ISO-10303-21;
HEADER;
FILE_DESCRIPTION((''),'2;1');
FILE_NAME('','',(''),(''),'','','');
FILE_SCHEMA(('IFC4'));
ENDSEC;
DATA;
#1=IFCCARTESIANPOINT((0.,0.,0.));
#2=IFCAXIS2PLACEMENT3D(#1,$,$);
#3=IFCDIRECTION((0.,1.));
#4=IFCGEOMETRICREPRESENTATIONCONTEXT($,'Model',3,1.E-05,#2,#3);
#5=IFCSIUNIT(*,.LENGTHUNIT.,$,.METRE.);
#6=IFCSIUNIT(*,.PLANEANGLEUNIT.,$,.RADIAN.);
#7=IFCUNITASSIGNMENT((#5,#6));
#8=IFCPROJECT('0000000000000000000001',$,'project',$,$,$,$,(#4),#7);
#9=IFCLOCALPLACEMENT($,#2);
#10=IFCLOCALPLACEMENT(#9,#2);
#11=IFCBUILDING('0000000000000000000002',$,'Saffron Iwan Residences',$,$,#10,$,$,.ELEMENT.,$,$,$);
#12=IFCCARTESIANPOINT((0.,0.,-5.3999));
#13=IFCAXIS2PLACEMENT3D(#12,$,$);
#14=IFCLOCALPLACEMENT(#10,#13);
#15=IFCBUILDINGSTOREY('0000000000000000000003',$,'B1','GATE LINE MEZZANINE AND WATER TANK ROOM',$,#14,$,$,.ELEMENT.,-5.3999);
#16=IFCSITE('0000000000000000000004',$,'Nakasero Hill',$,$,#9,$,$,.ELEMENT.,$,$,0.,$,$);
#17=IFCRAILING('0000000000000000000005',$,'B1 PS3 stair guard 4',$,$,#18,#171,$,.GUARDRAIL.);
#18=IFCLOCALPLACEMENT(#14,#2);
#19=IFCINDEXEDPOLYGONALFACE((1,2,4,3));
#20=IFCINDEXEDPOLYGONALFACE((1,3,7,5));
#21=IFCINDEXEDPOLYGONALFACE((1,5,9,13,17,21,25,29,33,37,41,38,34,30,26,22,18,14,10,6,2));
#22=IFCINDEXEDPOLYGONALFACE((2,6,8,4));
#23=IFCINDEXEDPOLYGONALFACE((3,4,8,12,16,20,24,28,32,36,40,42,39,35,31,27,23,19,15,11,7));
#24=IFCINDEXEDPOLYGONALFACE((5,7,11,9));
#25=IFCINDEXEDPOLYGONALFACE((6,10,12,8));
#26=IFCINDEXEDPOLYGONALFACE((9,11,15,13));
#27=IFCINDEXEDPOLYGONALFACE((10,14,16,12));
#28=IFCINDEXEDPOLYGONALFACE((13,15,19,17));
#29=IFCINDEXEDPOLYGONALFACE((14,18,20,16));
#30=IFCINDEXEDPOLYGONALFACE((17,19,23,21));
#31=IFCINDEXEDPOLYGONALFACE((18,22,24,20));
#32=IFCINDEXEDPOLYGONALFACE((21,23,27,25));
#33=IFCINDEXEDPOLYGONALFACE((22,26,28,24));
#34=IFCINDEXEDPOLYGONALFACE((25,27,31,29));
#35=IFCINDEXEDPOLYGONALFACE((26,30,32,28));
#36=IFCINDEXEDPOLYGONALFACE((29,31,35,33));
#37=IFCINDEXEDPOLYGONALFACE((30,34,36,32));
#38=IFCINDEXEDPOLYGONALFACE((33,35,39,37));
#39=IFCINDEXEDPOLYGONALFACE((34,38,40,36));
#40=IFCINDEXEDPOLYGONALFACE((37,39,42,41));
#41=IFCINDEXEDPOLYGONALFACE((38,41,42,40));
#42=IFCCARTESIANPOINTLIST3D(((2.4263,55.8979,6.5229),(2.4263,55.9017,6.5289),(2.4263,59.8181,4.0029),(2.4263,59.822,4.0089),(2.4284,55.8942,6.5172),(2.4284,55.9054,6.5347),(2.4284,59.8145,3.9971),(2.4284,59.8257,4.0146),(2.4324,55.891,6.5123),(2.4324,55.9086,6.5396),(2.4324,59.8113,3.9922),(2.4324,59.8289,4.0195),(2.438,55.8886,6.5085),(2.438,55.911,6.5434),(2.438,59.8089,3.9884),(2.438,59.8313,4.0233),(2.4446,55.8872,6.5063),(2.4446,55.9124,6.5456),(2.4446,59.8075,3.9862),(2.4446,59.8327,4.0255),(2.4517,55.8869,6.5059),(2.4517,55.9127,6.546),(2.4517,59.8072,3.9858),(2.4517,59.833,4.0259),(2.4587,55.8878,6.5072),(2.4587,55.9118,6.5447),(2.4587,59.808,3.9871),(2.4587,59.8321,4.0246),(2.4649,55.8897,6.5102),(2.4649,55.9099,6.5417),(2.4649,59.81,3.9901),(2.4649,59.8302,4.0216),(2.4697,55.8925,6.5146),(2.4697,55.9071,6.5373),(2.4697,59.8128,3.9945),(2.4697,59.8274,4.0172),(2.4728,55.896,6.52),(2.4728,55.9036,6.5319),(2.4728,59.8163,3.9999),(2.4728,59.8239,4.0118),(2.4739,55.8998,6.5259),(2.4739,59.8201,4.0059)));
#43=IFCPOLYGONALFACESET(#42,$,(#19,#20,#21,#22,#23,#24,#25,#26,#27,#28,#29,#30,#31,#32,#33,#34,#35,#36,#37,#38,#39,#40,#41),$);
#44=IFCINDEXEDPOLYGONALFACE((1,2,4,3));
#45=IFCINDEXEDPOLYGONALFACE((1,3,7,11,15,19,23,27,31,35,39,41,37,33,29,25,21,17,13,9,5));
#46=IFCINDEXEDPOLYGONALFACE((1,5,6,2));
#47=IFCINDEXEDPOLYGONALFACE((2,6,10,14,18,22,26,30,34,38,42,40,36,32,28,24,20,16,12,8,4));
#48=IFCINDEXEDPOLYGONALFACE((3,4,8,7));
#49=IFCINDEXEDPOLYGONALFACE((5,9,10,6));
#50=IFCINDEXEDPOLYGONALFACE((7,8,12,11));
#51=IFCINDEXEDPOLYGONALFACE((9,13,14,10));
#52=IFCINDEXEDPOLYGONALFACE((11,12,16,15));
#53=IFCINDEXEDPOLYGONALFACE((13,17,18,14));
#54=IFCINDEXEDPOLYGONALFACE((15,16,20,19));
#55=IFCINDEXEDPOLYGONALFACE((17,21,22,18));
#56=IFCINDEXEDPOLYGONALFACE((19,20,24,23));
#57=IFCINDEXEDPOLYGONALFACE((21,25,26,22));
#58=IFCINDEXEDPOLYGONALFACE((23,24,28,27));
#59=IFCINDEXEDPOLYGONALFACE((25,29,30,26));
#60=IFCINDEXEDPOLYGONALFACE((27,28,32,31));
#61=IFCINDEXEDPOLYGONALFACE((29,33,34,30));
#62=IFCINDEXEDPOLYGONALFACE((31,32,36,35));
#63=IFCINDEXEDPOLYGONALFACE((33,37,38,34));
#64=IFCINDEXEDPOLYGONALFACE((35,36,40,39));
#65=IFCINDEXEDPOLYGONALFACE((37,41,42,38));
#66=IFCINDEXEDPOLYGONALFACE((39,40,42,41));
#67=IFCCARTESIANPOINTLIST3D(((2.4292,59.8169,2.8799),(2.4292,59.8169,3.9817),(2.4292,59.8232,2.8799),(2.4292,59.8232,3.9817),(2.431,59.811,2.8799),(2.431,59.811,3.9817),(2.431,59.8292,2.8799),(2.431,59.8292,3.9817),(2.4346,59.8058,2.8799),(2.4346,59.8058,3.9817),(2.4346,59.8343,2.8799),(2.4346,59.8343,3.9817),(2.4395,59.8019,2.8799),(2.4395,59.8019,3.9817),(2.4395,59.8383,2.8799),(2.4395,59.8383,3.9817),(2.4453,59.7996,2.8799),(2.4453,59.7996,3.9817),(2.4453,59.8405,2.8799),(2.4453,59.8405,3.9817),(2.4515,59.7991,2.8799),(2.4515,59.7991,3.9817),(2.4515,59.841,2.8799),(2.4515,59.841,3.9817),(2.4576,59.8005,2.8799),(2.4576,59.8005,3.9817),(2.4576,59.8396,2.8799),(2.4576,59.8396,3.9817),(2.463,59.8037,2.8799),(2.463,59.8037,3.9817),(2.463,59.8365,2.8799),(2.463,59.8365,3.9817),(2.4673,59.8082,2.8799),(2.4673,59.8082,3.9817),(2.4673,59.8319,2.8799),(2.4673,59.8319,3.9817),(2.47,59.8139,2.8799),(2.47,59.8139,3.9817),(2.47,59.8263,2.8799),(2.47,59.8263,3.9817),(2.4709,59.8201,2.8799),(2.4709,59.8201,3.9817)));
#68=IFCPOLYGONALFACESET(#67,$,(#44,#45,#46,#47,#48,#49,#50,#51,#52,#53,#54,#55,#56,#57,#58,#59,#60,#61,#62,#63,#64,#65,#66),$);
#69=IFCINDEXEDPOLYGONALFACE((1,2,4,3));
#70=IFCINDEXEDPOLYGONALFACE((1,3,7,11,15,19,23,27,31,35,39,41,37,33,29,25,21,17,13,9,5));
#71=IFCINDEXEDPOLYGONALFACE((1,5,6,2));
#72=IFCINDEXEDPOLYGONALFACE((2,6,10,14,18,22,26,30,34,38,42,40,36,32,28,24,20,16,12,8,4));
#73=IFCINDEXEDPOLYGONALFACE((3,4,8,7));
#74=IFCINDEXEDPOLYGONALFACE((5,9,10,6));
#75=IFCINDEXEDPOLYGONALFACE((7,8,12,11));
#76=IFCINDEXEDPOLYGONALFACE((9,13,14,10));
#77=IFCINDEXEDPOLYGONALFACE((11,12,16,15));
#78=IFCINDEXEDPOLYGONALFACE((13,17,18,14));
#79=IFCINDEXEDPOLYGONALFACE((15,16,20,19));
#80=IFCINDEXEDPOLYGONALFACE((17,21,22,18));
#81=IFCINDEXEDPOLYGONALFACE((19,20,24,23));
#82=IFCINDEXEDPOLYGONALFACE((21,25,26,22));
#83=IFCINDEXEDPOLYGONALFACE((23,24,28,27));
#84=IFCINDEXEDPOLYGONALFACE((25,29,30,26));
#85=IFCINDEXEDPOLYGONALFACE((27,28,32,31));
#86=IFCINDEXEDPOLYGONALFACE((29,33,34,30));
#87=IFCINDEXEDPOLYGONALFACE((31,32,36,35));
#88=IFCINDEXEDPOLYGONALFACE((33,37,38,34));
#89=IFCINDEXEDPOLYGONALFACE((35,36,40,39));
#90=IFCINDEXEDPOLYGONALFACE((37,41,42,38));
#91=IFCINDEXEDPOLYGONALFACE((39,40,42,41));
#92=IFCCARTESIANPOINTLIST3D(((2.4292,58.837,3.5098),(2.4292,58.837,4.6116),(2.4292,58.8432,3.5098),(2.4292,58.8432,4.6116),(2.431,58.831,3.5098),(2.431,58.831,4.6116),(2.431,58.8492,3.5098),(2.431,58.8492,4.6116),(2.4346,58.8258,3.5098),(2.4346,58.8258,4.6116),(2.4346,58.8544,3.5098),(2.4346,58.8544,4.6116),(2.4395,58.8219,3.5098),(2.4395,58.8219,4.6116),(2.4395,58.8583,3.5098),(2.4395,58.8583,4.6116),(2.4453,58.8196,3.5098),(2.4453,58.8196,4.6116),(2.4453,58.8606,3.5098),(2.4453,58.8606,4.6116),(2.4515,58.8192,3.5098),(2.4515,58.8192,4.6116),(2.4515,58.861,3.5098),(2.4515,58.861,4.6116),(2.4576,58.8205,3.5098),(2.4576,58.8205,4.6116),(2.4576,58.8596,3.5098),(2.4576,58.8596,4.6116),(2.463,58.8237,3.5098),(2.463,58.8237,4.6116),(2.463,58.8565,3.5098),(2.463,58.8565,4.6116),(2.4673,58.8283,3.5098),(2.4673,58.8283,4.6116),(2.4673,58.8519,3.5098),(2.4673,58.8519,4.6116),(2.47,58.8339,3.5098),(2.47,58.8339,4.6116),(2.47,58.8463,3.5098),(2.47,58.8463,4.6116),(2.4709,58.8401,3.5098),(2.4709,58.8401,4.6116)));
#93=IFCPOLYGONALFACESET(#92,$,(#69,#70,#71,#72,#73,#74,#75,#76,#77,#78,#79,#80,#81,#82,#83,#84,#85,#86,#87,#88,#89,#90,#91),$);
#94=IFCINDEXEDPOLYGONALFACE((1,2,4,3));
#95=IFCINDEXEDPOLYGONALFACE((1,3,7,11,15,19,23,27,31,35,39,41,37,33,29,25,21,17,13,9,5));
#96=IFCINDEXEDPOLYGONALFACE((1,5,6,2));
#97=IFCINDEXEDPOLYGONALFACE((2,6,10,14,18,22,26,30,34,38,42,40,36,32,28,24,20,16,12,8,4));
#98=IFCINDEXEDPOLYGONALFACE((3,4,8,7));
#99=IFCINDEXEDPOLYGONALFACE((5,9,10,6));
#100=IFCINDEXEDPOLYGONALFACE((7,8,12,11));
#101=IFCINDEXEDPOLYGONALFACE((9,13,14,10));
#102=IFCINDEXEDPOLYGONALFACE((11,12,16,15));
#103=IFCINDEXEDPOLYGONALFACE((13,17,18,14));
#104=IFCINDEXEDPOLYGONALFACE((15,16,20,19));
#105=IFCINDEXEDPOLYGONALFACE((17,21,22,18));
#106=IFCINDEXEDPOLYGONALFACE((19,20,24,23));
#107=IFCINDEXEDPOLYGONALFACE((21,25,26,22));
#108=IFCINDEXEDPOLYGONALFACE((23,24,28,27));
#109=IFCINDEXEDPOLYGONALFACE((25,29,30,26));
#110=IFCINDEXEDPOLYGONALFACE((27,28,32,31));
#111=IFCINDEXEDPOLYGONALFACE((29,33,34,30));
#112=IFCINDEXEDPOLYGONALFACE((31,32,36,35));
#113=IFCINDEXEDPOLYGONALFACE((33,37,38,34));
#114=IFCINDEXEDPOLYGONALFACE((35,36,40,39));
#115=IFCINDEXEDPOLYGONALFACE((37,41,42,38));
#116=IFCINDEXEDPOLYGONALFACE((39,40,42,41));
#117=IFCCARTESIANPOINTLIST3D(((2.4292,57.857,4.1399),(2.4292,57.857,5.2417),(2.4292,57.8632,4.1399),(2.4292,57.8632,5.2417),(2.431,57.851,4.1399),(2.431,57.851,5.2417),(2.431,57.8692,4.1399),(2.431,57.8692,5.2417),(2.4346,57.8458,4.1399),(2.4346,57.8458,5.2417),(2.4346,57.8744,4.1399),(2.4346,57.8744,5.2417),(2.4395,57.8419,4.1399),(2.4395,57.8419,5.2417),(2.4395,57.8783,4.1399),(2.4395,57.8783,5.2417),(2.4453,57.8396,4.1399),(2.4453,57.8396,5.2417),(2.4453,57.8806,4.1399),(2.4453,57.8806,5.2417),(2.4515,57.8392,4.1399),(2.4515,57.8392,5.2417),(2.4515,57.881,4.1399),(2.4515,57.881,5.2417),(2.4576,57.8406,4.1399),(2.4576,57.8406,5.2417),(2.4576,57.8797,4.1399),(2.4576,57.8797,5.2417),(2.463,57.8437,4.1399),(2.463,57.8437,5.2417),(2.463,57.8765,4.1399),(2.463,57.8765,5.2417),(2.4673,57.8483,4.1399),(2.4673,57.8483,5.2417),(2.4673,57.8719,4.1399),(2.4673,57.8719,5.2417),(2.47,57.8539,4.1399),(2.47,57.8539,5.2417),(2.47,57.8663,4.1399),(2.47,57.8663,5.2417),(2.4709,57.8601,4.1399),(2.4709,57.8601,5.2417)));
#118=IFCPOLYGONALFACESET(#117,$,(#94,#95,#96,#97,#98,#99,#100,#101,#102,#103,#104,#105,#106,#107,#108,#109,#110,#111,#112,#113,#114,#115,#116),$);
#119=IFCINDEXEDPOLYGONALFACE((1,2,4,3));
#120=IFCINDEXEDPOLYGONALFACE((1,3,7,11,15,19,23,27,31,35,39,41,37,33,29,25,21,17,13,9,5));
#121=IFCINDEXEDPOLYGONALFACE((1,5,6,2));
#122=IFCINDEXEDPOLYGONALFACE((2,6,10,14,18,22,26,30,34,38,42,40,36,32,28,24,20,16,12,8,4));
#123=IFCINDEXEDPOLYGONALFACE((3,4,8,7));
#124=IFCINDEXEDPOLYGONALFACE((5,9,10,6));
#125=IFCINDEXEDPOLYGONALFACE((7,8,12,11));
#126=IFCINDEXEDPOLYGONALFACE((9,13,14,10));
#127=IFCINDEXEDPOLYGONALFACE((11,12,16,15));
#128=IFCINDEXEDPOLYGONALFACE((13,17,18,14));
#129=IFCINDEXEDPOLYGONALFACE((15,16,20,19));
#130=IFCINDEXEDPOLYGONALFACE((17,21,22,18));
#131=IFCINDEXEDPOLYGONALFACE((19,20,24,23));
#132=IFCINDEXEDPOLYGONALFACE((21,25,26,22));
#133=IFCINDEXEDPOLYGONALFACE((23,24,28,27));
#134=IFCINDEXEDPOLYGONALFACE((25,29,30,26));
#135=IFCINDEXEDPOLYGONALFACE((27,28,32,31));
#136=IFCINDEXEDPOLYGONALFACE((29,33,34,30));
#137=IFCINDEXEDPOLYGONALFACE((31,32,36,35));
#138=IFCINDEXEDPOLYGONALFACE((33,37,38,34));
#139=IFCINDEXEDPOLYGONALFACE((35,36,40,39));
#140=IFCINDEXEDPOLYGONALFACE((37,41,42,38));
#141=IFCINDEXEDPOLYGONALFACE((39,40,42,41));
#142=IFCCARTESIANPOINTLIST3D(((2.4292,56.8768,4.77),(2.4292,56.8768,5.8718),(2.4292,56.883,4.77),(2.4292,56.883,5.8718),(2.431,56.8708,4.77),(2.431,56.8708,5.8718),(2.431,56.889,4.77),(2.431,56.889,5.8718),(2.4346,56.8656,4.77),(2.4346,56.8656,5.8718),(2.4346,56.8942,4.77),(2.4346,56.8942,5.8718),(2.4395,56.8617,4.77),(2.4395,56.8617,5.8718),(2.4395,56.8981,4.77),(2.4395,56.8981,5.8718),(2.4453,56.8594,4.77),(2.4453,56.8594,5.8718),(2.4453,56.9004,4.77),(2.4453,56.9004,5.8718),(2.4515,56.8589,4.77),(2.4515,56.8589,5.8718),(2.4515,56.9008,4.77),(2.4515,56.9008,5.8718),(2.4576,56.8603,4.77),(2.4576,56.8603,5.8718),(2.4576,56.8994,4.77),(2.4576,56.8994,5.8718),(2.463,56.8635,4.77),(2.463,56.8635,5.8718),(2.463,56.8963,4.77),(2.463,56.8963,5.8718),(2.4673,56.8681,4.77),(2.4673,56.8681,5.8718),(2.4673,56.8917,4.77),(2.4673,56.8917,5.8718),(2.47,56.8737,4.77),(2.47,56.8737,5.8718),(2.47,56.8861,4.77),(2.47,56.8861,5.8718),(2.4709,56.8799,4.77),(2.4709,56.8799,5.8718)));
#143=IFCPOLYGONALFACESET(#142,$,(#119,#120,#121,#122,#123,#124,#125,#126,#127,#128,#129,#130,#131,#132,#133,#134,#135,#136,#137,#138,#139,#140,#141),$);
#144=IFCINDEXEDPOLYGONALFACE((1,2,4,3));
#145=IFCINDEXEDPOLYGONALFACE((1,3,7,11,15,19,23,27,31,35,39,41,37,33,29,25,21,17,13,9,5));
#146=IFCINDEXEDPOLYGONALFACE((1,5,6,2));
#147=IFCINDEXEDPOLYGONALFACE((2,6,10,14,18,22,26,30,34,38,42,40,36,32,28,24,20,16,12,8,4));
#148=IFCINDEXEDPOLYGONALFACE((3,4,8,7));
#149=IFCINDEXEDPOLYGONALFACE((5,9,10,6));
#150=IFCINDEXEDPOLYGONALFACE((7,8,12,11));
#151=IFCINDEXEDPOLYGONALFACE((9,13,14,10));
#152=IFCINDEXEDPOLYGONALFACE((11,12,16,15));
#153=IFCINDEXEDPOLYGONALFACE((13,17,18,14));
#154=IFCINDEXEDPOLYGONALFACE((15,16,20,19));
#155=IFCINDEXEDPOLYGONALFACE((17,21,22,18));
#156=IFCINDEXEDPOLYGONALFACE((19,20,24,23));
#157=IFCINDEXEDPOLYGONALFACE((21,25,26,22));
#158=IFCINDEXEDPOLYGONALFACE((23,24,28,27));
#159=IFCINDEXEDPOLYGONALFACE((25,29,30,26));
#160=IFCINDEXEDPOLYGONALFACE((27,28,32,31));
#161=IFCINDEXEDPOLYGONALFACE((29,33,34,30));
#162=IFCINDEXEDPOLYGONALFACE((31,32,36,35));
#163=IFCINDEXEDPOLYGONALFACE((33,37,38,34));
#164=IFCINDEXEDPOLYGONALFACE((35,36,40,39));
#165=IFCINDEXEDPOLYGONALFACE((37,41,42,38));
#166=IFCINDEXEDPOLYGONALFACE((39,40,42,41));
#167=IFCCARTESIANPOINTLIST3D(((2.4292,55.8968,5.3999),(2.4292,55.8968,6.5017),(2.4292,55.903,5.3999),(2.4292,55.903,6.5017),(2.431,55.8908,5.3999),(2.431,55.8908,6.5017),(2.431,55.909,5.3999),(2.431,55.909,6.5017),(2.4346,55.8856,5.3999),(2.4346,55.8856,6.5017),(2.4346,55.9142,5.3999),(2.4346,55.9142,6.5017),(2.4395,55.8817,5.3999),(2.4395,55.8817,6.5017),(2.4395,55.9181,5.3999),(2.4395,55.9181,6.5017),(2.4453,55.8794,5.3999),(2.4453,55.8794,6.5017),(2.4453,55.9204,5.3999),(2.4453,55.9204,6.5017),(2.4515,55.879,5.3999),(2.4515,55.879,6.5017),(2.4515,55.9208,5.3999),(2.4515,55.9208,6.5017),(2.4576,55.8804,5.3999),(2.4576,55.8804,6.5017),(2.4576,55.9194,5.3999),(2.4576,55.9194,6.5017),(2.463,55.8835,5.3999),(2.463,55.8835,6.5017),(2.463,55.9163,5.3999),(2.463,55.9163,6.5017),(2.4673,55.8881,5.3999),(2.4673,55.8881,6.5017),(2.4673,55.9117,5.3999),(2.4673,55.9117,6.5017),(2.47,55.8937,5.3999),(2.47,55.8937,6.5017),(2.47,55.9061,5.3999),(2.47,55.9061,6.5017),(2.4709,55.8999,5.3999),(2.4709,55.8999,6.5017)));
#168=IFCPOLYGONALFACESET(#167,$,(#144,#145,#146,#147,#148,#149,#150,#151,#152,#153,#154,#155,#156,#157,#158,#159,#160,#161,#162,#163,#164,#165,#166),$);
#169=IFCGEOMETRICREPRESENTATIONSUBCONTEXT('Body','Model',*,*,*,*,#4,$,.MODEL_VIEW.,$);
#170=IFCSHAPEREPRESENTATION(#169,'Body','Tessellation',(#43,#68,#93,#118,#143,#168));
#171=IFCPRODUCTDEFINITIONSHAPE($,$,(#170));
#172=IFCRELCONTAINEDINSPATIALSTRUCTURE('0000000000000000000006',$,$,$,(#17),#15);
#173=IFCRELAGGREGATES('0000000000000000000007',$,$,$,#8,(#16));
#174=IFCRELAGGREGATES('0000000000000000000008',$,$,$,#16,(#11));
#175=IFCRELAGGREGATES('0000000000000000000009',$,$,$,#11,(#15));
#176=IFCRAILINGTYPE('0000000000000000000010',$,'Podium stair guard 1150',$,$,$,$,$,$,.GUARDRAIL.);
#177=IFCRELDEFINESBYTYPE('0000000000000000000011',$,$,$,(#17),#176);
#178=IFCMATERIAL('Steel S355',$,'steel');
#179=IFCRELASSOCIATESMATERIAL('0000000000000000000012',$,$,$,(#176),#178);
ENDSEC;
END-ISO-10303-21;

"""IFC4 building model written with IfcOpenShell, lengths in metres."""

from ifc_helpers import new_model, si_unit, direction, frame, origin, origin_2d, place, context, subcontext, project, spatial, circle, extrude, material, type_object, element, save


model = new_model("IFC4")

# Units and contexts
model_context = context("Model", 3, precision=1e-05, world=origin(), true_north=direction((0.0, 1.0)))
body_context = subcontext(model_context, "Body", "Model", "MODEL_VIEW")
ifc_project = project(units=[si_unit("LENGTHUNIT", "METRE"), si_unit("PLANEANGLEUNIT", "RADIAN")], contexts=[model_context])

# Site, building, storey
site_placement = place(None, origin())
site = spatial("IfcSite", under=ifc_project, at=site_placement, Name="Nakasero Hill", CompositionType="ELEMENT", RefElevation=0.0)
building_placement = place(site_placement, origin())
building = spatial("IfcBuilding", under=site, at=building_placement, Name="Saffron Iwan Residences", CompositionType="ELEMENT")
storey_placement = place(building_placement, frame((0.0, 0.0, -5.3999)))
storey = spatial("IfcBuildingStorey", under=building, at=storey_placement, Name="B1", Description="GATE LINE MEZZANINE AND WATER TANK ROOM", CompositionType="ELEMENT", Elevation=-5.3999)

# Railing
ifc_material_1 = material(Name="Steel S355", Category="steel")
railing_type_1 = type_object("IfcRailingType", Name="Podium stair guard 1150", PredefinedType="GUARDRAIL", material=ifc_material_1)
railing_1_placement = place(storey_placement, frame((2.45, 59.8201, 2.8799)))
element("IfcRailing", 1, at=railing_1_placement, inside=storey, type_object=railing_type_1, Name="B1 PS3 stair guard 4", PredefinedType="GUARDRAIL", context=body_context, shape_type="SweptSolid", body=[
    extrude(circle(Radius=0.0239, at=origin_2d()), frame((0.0, 0.0, 1.126), z_axis=(0.0, -0.841187, 0.540744), x_axis=(1.0, 0.0, 0.0)), (0.0, 0.0, 1.0), 4.6604),
    extrude(circle(Radius=0.021, at=origin_2d()), origin(), (0.0, 0.0, 1.0), 1.1018),
    extrude(circle(Radius=0.021, at=origin_2d()), frame((0.0, -0.98, 0.6299)), (0.0, 0.0, 1.0), 1.1018),
    extrude(circle(Radius=0.021, at=origin_2d()), frame((0.0, -1.96, 1.26)), (0.0, 0.0, 1.0), 1.1018),
    extrude(circle(Radius=0.021, at=origin_2d()), frame((0.0, -2.9402, 1.8901)), (0.0, 0.0, 1.0), 1.1018),
    extrude(circle(Radius=0.021, at=origin_2d()), frame((0.0, -3.9202, 2.52)), (0.0, 0.0, 1.0), 1.1018),
])

save(model, "model.ifc")
